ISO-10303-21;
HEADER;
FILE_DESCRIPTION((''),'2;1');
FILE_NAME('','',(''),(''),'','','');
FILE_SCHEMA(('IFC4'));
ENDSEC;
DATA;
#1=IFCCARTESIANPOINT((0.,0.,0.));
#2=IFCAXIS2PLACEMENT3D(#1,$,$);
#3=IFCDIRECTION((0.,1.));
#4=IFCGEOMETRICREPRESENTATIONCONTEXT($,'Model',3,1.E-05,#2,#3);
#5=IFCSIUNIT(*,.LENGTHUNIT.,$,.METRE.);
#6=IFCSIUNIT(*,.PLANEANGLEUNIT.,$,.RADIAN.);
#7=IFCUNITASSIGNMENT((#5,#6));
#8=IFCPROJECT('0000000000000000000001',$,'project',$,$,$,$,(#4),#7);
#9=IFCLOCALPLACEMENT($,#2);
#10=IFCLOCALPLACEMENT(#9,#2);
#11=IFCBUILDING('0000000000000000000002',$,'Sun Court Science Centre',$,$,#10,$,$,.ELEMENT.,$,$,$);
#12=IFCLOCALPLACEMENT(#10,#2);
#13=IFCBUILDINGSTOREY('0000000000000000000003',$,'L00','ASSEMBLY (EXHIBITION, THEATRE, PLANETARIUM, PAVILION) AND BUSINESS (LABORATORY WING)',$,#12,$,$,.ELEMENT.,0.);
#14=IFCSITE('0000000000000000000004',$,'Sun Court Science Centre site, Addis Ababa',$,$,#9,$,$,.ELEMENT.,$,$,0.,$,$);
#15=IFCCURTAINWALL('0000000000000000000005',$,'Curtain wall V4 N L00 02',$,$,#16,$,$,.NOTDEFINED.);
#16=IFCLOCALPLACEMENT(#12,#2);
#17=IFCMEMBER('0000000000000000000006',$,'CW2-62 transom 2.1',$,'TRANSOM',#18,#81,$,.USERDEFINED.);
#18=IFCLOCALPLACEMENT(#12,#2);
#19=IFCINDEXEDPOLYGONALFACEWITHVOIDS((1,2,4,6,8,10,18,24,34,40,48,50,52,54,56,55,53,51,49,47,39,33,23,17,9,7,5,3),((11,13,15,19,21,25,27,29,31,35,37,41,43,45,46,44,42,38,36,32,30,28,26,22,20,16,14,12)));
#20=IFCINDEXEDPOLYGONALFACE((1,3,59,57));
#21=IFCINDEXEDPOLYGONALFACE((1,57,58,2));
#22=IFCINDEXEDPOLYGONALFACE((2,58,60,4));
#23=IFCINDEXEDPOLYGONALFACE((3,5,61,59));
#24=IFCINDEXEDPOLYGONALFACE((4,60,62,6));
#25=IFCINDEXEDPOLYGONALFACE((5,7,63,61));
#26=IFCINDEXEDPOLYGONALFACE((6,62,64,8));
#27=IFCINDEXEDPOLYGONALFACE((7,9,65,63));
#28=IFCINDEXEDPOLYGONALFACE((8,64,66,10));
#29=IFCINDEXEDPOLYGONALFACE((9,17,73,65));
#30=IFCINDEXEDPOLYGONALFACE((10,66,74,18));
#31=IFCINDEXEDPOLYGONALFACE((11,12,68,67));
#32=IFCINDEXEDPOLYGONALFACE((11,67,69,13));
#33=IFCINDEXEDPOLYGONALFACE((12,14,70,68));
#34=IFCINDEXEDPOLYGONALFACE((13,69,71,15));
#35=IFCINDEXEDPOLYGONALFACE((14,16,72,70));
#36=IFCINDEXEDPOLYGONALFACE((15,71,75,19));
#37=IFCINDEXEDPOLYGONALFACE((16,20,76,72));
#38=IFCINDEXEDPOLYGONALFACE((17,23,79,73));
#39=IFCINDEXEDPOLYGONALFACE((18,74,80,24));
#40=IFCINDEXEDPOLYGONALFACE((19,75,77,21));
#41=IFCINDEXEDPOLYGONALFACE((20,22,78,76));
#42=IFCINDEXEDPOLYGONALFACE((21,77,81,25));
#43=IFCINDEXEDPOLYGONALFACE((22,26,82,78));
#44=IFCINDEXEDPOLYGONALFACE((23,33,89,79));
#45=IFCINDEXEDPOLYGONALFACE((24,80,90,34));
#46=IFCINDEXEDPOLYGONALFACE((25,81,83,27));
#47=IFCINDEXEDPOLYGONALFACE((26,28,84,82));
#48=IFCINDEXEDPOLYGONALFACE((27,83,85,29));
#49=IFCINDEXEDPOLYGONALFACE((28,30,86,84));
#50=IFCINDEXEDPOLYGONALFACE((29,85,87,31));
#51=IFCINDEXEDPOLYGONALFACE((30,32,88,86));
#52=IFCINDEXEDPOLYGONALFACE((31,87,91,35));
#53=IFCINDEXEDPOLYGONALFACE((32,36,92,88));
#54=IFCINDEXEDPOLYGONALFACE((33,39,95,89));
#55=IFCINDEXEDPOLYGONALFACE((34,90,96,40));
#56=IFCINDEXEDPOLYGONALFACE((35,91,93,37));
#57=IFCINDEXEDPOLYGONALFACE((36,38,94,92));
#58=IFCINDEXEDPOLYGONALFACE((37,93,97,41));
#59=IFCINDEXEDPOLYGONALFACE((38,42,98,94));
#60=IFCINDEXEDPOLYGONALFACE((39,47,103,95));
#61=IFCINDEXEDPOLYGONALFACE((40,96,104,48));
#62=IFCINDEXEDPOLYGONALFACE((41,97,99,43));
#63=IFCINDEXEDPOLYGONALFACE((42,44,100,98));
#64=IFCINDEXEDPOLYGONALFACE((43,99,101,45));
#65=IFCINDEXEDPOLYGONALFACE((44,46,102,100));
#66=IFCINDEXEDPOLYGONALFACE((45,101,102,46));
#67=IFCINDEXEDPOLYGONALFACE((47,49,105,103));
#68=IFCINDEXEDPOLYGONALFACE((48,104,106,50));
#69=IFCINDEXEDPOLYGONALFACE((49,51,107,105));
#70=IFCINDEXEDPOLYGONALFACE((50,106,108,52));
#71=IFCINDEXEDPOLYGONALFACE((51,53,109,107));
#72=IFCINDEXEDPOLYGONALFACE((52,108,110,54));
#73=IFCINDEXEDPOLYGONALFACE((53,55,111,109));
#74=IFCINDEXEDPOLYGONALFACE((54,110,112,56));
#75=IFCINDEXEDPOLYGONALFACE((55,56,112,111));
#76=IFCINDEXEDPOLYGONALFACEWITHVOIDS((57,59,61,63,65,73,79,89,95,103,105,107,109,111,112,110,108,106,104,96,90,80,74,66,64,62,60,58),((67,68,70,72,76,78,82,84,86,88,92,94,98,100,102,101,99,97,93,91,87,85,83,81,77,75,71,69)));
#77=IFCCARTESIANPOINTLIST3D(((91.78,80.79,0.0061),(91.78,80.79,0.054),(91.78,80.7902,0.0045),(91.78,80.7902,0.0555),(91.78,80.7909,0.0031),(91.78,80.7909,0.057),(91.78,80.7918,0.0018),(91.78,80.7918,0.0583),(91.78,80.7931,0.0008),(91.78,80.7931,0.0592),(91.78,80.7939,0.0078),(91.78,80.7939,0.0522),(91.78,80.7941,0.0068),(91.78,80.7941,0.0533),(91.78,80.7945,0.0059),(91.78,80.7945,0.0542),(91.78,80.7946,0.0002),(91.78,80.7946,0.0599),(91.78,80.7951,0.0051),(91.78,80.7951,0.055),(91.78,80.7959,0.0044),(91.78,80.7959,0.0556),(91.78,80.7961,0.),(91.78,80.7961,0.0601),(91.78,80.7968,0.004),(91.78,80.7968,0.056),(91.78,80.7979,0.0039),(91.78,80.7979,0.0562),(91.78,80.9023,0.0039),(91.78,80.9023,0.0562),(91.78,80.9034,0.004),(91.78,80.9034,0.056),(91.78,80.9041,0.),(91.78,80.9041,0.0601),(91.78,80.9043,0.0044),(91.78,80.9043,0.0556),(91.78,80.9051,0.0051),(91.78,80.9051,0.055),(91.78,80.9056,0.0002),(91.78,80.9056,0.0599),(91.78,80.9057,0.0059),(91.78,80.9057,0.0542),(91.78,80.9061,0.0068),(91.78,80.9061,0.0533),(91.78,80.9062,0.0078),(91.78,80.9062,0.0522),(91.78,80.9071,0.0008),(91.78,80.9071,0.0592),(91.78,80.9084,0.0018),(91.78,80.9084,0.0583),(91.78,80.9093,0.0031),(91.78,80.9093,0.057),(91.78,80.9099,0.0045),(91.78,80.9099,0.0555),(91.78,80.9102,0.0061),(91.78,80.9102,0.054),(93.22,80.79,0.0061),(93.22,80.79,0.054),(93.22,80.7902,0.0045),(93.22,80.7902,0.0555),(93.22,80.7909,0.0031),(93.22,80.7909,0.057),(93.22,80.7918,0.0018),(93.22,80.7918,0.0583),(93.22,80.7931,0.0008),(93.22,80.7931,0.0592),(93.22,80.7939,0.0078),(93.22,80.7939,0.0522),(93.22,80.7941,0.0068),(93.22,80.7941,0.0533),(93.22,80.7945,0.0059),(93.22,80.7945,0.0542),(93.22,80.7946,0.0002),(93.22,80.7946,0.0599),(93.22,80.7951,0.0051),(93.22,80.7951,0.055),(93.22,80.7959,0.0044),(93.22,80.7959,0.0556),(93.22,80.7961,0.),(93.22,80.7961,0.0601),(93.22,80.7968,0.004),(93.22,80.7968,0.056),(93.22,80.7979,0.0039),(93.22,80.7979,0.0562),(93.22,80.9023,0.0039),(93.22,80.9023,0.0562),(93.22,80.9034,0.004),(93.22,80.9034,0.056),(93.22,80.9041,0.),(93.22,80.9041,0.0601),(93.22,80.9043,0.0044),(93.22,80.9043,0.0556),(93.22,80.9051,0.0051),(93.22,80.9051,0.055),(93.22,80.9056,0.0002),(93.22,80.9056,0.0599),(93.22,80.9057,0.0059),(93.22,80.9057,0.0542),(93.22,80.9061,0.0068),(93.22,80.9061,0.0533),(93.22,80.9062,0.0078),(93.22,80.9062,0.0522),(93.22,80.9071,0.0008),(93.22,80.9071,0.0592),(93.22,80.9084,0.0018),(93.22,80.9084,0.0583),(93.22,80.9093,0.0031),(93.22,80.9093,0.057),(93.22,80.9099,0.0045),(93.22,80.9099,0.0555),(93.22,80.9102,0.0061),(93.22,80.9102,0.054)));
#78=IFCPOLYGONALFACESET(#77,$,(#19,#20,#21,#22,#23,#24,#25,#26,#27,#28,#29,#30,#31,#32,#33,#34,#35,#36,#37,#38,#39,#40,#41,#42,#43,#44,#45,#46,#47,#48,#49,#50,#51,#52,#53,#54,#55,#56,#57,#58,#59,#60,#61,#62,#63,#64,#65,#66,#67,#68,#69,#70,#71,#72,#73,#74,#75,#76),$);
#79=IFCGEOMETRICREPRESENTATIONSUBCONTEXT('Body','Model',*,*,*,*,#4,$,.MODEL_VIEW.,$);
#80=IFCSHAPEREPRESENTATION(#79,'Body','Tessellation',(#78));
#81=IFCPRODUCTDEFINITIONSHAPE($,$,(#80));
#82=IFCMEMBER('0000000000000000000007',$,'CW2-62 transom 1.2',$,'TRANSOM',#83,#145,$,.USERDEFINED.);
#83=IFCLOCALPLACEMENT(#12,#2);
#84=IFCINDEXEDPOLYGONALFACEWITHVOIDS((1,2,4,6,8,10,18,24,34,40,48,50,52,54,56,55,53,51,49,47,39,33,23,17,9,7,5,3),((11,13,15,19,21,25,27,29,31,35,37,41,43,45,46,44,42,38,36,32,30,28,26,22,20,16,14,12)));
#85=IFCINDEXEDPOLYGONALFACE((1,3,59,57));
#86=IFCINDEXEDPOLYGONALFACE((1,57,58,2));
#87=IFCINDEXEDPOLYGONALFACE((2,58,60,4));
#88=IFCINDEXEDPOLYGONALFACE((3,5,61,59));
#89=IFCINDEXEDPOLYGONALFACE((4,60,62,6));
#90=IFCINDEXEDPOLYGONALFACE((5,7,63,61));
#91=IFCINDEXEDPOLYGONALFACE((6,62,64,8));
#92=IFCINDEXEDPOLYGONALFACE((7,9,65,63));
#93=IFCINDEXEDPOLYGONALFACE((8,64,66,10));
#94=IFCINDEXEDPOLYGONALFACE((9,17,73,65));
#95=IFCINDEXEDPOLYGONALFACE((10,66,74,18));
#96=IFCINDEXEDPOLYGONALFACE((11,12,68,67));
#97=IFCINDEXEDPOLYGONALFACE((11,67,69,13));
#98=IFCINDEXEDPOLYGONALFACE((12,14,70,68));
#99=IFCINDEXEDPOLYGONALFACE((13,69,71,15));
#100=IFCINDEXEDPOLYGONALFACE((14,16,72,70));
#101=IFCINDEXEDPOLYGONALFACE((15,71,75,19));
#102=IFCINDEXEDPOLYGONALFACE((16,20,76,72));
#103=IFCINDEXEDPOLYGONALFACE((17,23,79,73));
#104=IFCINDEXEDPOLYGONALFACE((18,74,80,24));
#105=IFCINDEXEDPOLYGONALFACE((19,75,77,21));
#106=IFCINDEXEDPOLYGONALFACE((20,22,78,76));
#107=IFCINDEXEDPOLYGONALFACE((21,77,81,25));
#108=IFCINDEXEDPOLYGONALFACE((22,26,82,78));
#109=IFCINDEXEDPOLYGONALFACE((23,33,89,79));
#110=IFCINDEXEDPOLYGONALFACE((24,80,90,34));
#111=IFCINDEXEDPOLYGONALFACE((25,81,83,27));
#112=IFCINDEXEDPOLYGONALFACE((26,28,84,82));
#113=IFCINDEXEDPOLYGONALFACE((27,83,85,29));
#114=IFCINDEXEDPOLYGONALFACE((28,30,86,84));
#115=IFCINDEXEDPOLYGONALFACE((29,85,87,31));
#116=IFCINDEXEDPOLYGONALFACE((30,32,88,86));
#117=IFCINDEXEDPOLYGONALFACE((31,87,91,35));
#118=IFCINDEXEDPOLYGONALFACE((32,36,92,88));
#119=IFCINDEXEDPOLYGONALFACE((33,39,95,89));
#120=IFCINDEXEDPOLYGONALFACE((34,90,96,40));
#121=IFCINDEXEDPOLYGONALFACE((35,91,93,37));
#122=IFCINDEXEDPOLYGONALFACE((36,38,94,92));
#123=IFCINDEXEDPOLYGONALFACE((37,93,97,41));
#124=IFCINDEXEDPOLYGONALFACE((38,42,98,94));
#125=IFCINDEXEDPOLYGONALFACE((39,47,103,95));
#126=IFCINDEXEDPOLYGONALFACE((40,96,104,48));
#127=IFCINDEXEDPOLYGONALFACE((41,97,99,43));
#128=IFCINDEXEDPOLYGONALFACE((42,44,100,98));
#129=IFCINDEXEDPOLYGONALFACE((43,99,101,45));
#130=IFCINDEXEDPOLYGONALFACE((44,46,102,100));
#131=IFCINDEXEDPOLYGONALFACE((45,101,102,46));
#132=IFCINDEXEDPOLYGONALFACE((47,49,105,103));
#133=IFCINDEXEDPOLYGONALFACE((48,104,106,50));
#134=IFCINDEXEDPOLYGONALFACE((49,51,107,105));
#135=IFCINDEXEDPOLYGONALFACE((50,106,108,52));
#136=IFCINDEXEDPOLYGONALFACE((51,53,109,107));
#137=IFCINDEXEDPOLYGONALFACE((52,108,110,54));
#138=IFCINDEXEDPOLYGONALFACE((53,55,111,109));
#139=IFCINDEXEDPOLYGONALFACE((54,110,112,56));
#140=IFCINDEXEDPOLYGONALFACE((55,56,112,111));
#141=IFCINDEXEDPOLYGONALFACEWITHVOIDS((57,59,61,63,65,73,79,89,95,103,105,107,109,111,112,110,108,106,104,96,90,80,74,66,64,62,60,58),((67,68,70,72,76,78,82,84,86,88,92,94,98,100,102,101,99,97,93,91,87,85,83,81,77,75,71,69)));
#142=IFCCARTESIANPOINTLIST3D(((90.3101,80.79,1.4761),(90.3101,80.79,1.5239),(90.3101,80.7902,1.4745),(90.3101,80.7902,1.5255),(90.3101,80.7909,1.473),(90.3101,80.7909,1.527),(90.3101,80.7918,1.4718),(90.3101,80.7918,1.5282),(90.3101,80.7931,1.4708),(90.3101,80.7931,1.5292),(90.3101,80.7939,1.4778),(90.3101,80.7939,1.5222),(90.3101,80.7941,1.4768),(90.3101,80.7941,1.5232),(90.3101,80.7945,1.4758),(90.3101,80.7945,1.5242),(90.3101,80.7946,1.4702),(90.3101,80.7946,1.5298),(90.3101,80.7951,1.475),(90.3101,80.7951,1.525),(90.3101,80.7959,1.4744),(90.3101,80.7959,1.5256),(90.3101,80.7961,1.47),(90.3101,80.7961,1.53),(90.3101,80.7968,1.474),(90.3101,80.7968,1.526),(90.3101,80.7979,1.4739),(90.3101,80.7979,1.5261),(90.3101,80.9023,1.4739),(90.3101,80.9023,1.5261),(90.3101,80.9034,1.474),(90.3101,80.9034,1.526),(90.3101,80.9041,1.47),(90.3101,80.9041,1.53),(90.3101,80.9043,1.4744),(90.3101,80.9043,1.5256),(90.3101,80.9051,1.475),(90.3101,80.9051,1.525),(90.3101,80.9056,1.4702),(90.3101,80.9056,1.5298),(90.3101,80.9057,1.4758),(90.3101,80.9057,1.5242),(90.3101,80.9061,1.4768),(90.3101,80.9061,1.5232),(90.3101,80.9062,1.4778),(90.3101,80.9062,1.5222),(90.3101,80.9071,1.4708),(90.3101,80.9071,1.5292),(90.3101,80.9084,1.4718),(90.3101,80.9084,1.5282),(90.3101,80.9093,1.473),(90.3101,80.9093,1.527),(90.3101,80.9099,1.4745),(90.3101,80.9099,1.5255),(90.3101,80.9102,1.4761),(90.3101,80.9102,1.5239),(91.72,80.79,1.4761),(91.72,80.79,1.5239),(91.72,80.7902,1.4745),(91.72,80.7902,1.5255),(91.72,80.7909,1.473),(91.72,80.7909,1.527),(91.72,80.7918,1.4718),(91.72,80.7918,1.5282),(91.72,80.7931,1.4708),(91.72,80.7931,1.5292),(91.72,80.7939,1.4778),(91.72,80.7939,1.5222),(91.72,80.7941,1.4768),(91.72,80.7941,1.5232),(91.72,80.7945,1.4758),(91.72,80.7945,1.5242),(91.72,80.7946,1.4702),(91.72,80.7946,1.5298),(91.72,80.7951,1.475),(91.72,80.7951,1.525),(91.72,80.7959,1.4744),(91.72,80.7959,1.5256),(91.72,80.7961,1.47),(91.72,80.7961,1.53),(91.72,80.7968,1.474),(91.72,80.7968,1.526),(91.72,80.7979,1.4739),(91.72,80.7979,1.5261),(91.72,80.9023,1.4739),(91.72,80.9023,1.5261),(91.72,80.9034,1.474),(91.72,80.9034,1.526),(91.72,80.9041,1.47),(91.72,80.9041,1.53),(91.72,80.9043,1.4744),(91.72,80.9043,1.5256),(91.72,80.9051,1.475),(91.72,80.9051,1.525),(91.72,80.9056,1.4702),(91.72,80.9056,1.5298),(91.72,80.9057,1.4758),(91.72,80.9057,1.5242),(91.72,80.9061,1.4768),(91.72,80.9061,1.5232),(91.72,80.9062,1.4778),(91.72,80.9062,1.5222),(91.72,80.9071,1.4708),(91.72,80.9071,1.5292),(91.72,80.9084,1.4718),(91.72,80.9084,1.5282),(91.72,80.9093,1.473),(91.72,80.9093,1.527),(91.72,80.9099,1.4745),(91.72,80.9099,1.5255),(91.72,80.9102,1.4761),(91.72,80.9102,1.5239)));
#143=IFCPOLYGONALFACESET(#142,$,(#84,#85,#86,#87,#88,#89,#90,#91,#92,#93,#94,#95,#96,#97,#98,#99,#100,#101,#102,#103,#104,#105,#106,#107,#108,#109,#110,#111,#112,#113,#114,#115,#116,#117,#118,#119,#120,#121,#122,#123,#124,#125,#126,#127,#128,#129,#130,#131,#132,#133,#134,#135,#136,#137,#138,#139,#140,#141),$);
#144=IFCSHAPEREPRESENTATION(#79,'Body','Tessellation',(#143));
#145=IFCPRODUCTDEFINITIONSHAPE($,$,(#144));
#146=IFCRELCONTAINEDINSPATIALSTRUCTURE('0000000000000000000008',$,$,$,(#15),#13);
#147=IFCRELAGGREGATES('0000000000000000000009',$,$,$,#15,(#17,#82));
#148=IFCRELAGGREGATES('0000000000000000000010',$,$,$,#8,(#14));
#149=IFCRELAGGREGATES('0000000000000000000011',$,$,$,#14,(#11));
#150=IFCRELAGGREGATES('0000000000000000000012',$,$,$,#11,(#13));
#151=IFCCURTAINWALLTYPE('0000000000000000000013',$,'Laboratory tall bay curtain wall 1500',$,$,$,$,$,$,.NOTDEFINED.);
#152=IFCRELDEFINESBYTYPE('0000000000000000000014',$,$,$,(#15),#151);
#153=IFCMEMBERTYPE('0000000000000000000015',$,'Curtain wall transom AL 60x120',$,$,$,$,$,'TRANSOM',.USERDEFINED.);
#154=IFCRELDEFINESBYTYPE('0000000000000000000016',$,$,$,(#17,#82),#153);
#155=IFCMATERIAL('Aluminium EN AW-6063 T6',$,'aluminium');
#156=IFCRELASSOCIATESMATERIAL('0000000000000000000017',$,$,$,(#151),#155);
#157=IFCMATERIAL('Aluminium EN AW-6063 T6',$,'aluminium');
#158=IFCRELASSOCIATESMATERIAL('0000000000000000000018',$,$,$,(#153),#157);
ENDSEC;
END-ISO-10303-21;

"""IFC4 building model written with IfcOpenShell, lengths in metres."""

from ifc_helpers import new_model, si_unit, direction, frame, origin, origin_2d, place, context, subcontext, project, spatial, hollow_rectangle, extrude, material, material_profile, profile_set, type_object, element, aggregate, save


model = new_model("IFC4")

# Units and contexts
model_context = context("Model", 3, precision=1e-05, world=origin(), true_north=direction((0.0, 1.0)))
body_context = subcontext(model_context, "Body", "Model", "MODEL_VIEW")
ifc_project = project(units=[si_unit("LENGTHUNIT", "METRE"), si_unit("PLANEANGLEUNIT", "RADIAN")], contexts=[model_context])

# Site, building, storey
site_placement = place(None, origin())
site = spatial("IfcSite", under=ifc_project, at=site_placement, Name="Sun Court Science Centre site, Addis Ababa", CompositionType="ELEMENT", RefElevation=0.0)
building_placement = place(site_placement, origin())
building = spatial("IfcBuilding", under=site, at=building_placement, Name="Sun Court Science Centre", CompositionType="ELEMENT")
storey_placement = place(building_placement, origin())
storey = spatial("IfcBuildingStorey", under=building, at=storey_placement, Name="L00", Description="ASSEMBLY (EXHIBITION, THEATRE, PLANETARIUM, PAVILION) AND BUSINESS (LABORATORY WING)", CompositionType="ELEMENT", Elevation=0.0)

# Curtain wall, members
ifc_material_1 = material(Name="Aluminium EN AW-6063 T6", Category="aluminium")
curtain_wall_type = type_object("IfcCurtainWallType", Name="Laboratory tall bay curtain wall 1500", PredefinedType="NOTDEFINED", material=ifc_material_1)
curtain_wall_placement = place(storey_placement, origin())
curtain_wall = element("IfcCurtainWall", 1, at=curtain_wall_placement, inside=storey, type_object=curtain_wall_type, Name="Curtain wall V4 N L00 02", PredefinedType="NOTDEFINED")
ifc_material_2 = material(Name="Aluminium EN AW-6063 T6", Category="aluminium")
ifc_material_profile_1 = material_profile(ifc_material_2, hollow_rectangle(XDim=0.0601, YDim=0.1201, WallThickness=0.0039, InnerFilletRadius=0.0039, OuterFilletRadius=0.0061, at=origin_2d()), Name="AL 60x120x4")
ifc_profile_set_1 = profile_set([ifc_material_profile_1], Name="Aluminium EN AW-6063 T6")
member_type_1 = type_object("IfcMemberType", Name="Curtain wall transom AL 60x120", ElementType="TRANSOM", PredefinedType="USERDEFINED", material=ifc_profile_set_1)
member_1_placement = place(storey_placement, frame((91.78, 80.8501, 0.03), z_axis=(1.0, 0.0, 0.0), x_axis=(0.0, 0.0, 1.0)))
member_1 = element("IfcMember", 2, at=member_1_placement, type_object=member_type_1, Name="CW2-62 transom 2.1", ObjectType="TRANSOM", PredefinedType="USERDEFINED", context=body_context, shape_type="SweptSolid", body=[
    extrude(hollow_rectangle(XDim=0.0601, YDim=0.1201, WallThickness=0.0039, InnerFilletRadius=0.0039, OuterFilletRadius=0.0061, at=origin_2d()), origin(), (0.0, 0.0, 1.0), 1.4399),
])
member_2_placement = place(storey_placement, frame((90.3101, 80.8501, 1.5), z_axis=(1.0, 0.0, 0.0), x_axis=(0.0, 0.0, 1.0)))
member_2 = element("IfcMember", 3, at=member_2_placement, type_object=member_type_1, Name="CW2-62 transom 1.2", ObjectType="TRANSOM", PredefinedType="USERDEFINED", context=body_context, shape_type="SweptSolid", body=[
    extrude(hollow_rectangle(XDim=0.0601, YDim=0.1201, WallThickness=0.0039, InnerFilletRadius=0.0039, OuterFilletRadius=0.0061, at=origin_2d()), origin(), (0.0, 0.0, 1.0), 1.4099),
])
aggregate(curtain_wall, [member_1, member_2])

save(model, "model.ifc")
